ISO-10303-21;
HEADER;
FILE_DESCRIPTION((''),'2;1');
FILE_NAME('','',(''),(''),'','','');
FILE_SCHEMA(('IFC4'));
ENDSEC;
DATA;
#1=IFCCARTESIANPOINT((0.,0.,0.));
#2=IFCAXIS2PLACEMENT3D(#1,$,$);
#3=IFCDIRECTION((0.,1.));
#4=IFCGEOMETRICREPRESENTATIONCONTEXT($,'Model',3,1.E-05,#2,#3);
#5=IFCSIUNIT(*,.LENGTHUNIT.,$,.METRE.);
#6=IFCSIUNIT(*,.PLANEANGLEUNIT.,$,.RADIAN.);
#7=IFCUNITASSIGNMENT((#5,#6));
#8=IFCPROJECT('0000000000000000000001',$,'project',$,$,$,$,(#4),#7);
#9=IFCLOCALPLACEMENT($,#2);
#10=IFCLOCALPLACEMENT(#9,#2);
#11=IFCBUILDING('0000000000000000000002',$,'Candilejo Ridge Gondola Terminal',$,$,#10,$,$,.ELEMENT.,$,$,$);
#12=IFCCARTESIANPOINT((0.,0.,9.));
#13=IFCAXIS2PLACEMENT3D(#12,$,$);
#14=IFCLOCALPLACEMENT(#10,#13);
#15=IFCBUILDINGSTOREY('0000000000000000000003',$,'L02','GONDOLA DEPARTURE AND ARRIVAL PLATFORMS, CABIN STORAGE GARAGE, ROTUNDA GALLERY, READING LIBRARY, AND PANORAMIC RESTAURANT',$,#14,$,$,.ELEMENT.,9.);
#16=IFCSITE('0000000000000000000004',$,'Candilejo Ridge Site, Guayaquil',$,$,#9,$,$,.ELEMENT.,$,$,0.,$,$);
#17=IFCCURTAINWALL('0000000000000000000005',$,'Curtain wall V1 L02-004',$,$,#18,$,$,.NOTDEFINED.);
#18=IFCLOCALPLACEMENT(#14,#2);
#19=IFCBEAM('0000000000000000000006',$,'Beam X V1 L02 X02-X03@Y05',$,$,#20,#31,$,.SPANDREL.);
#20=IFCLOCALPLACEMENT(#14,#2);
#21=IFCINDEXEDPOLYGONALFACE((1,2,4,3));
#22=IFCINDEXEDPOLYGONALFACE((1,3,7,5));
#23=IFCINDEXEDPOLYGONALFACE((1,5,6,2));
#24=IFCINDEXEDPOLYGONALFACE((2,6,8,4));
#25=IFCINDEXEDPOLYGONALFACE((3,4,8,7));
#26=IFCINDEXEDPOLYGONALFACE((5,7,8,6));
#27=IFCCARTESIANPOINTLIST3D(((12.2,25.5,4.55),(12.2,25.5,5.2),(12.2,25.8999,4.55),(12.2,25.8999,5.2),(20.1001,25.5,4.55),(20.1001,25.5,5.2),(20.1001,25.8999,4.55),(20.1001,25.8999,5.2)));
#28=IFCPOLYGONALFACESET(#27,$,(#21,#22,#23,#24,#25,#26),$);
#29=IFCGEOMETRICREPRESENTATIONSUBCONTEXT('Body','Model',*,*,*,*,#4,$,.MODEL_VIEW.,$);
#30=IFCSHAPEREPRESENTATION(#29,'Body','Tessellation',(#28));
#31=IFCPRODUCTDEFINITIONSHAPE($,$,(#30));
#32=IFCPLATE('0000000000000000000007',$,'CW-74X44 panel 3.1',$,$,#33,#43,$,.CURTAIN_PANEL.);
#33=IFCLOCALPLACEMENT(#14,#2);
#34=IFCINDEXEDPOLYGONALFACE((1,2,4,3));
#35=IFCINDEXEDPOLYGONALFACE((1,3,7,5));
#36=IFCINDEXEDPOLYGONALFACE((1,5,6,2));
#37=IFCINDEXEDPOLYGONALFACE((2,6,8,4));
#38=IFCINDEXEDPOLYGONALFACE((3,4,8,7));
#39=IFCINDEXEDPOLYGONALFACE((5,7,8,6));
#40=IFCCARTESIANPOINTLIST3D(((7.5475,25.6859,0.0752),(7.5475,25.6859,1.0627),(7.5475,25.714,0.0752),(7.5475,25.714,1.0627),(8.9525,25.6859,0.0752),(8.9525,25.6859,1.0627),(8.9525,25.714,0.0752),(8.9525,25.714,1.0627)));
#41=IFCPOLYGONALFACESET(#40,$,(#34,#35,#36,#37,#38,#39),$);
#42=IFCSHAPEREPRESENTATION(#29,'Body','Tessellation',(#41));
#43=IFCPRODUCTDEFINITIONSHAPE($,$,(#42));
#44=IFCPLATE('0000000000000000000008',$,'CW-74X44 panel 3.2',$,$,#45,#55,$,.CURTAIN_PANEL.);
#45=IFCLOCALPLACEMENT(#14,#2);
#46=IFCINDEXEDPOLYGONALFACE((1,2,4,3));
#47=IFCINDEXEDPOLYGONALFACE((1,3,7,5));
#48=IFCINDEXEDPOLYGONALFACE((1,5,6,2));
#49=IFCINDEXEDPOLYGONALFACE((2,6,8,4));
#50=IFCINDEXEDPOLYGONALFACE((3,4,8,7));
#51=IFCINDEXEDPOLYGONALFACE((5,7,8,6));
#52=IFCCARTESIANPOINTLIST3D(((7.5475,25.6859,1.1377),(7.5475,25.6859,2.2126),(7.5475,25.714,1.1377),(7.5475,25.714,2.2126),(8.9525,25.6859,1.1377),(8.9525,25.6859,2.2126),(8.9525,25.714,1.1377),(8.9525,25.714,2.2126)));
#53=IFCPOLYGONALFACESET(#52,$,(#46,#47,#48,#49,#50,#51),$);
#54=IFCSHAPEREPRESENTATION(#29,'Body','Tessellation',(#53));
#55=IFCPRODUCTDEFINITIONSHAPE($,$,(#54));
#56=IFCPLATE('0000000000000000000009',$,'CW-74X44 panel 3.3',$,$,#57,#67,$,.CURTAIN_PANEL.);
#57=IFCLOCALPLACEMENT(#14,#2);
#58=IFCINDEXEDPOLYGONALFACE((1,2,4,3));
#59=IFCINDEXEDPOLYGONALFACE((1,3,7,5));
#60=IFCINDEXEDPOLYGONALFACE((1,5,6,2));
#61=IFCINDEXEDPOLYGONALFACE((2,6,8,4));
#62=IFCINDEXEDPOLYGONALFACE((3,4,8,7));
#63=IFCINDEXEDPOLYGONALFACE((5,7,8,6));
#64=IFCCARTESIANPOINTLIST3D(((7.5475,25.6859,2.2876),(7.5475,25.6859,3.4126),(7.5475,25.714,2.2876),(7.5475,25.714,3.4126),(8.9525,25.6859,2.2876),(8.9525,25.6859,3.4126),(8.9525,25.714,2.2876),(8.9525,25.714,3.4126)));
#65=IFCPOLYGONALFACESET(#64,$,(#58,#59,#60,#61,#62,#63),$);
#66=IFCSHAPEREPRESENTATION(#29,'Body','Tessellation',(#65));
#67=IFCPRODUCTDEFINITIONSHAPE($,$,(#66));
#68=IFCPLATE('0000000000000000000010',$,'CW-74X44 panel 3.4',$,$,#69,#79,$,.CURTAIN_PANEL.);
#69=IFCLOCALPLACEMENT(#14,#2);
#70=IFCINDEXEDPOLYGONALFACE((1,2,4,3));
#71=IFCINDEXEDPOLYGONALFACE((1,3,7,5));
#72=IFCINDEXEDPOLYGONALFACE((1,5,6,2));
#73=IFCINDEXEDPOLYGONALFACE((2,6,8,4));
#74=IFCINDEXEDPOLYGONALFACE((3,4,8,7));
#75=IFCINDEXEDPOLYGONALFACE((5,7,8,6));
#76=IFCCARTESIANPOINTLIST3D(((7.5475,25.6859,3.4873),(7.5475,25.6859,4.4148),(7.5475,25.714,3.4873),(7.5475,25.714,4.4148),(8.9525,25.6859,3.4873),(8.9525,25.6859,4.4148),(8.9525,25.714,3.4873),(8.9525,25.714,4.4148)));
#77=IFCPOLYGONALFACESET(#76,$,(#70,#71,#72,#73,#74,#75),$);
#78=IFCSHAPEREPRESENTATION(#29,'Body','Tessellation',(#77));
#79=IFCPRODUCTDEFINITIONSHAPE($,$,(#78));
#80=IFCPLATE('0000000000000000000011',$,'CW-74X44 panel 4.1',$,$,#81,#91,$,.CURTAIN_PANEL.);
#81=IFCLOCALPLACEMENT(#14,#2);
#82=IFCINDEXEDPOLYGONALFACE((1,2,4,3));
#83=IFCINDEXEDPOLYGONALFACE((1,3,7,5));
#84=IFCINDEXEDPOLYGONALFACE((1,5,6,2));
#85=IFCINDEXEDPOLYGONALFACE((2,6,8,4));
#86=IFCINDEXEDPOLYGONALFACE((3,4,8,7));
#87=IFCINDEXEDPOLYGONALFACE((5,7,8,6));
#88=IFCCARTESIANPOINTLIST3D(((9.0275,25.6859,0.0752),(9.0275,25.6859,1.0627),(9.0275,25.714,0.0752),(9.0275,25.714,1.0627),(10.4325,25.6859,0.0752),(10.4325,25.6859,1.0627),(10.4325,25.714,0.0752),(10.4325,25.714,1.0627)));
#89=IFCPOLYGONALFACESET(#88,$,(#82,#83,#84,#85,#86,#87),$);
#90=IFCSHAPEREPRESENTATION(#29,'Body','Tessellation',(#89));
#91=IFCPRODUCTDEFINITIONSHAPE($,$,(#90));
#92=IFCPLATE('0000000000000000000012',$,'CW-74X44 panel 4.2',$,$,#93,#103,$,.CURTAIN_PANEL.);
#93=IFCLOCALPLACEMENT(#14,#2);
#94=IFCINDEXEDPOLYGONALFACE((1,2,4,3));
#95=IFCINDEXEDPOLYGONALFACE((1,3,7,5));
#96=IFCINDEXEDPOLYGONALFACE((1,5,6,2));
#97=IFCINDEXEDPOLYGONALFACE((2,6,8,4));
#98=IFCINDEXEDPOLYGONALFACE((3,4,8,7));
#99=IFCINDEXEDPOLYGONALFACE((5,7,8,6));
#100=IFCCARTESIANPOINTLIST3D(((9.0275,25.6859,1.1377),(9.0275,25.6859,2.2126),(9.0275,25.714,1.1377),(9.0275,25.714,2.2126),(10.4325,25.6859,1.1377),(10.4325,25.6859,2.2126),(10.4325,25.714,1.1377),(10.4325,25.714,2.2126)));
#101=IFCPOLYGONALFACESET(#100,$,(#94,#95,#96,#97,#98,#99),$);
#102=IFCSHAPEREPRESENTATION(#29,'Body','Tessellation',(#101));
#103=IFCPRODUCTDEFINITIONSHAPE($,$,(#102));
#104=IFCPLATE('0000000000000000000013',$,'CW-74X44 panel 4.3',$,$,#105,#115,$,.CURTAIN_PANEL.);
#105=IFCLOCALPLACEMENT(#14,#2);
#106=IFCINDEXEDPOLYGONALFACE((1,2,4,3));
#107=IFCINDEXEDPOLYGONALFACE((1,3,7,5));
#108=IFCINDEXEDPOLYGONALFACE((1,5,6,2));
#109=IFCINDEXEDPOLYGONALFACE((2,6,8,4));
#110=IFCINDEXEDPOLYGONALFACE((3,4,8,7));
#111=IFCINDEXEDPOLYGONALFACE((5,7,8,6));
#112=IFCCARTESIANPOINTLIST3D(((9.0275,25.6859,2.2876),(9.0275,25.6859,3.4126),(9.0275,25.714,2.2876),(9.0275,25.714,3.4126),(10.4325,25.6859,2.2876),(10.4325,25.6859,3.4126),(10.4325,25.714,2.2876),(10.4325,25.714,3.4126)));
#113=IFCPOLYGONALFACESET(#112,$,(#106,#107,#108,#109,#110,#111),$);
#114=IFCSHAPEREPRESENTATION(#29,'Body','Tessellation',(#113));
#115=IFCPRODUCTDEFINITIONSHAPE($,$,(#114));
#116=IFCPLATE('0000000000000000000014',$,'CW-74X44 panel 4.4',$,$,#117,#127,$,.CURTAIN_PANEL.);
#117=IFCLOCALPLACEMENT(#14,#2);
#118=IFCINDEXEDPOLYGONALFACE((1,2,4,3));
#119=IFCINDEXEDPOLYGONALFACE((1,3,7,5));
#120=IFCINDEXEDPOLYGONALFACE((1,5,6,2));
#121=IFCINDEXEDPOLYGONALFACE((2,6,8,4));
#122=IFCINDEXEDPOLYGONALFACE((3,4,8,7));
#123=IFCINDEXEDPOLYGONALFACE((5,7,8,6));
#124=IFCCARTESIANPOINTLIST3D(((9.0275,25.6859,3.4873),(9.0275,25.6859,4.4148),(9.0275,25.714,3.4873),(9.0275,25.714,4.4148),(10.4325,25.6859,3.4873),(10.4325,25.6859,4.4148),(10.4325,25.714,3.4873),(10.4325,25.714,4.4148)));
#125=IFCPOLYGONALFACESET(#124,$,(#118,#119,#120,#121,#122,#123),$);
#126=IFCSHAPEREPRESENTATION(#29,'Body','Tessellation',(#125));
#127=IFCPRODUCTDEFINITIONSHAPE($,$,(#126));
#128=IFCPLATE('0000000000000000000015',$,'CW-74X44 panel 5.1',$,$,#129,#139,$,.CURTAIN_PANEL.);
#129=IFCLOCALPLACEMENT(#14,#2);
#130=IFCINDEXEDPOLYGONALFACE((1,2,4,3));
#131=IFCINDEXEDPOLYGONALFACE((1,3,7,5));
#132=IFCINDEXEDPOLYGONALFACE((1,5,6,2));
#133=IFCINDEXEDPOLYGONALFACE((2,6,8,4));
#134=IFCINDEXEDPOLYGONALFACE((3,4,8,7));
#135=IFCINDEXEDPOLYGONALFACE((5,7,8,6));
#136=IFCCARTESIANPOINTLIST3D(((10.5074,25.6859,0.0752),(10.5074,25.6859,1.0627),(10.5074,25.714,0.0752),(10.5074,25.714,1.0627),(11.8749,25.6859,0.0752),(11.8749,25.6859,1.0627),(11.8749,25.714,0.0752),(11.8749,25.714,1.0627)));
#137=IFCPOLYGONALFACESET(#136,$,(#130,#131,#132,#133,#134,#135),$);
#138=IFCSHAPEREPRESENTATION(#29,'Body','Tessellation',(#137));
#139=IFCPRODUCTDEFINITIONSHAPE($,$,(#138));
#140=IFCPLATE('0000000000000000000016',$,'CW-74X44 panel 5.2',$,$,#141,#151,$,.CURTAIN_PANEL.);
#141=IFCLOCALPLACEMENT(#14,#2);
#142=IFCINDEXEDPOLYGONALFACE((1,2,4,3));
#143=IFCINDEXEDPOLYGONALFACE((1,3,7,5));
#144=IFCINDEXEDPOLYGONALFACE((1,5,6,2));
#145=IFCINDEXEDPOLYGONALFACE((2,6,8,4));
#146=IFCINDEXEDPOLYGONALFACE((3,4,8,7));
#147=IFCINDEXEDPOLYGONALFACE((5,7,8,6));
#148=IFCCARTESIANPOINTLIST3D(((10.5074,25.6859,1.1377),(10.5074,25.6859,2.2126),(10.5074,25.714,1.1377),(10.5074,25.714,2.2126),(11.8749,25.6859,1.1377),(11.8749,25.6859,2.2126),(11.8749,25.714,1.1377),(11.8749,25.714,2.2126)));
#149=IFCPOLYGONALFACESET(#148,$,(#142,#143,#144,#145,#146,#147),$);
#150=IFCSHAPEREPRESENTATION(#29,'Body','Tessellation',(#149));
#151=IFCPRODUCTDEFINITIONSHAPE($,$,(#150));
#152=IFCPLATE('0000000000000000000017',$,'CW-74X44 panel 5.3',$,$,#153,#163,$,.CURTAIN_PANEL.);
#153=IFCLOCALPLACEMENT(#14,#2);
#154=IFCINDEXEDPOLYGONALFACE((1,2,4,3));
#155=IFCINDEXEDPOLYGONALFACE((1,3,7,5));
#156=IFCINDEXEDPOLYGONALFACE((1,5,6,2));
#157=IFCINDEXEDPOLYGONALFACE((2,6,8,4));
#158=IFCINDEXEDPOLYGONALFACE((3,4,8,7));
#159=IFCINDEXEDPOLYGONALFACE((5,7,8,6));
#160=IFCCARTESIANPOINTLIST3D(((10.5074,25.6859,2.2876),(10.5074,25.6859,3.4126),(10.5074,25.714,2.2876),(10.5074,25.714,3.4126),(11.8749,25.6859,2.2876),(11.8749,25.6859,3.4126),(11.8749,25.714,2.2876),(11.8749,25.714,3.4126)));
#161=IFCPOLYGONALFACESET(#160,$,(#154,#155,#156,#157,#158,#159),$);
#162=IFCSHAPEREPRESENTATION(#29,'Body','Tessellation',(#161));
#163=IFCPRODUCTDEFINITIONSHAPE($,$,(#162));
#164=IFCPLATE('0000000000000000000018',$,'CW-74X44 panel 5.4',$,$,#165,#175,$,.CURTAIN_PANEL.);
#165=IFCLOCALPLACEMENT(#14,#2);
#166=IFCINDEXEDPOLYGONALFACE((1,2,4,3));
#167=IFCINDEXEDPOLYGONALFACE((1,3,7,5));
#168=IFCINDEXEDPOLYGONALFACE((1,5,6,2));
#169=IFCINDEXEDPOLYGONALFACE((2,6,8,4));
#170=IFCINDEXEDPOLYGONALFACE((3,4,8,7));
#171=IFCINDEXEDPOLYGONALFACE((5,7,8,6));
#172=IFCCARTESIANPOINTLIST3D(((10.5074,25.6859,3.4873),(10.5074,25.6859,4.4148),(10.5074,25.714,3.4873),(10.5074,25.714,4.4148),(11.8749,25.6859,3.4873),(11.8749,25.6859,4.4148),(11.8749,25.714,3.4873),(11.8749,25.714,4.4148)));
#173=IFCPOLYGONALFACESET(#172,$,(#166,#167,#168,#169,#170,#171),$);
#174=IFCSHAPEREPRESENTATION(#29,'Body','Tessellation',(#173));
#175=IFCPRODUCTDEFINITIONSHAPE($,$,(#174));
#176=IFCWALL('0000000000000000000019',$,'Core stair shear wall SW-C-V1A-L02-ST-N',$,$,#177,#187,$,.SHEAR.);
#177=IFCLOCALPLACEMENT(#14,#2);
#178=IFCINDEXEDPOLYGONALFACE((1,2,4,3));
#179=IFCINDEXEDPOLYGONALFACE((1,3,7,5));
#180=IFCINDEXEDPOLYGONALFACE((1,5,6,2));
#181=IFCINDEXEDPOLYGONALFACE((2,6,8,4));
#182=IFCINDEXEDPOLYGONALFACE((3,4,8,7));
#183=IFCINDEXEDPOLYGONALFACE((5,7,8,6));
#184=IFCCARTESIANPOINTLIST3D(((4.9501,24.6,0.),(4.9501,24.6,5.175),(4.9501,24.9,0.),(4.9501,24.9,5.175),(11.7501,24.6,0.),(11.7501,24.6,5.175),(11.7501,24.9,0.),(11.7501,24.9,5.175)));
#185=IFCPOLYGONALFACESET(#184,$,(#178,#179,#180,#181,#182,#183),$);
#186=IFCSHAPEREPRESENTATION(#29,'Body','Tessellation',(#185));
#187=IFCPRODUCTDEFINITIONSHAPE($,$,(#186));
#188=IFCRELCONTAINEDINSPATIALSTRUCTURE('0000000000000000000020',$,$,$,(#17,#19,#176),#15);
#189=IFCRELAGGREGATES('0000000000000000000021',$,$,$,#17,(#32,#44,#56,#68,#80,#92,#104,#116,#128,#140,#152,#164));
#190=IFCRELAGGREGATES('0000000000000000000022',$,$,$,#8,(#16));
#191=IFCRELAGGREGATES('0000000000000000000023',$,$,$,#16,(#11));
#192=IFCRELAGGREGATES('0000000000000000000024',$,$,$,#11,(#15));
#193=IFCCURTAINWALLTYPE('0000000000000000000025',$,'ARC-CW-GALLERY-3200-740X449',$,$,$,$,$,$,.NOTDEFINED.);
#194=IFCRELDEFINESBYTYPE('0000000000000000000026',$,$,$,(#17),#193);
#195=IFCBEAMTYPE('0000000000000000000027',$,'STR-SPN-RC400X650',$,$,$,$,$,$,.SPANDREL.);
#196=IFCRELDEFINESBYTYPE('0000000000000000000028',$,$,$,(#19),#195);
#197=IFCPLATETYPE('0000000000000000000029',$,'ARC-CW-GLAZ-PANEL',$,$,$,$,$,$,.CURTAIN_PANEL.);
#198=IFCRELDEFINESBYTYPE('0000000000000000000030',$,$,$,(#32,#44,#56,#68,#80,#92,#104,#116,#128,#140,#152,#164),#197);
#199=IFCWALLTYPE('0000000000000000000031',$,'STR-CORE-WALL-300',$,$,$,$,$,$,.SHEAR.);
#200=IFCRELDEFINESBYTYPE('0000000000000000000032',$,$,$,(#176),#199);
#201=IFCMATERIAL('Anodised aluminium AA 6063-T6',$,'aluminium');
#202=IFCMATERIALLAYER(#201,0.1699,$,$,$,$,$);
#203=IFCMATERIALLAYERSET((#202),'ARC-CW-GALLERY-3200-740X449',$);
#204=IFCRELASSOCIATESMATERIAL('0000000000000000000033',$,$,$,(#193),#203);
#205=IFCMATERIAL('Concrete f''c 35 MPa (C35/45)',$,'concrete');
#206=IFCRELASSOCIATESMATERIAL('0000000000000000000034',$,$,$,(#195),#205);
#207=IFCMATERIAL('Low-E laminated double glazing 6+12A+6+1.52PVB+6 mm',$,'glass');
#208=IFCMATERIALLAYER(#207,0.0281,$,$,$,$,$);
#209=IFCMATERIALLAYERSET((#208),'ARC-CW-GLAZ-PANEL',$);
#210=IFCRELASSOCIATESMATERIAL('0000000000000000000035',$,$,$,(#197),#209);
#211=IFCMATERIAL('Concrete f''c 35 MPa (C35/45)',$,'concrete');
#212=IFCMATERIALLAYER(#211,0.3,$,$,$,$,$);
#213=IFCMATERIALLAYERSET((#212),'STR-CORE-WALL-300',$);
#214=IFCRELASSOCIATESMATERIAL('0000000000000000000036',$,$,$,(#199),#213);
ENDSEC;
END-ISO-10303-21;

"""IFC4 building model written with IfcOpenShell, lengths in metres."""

from ifc_helpers import new_model, si_unit, direction, frame, frame_2d, origin, origin_2d, place, context, subcontext, project, spatial, rectangle, extrude, material, layer, layer_set, material_profile, profile_set, type_object, element, aggregate, save


model = new_model("IFC4")

# Units and contexts
model_context = context("Model", 3, precision=1e-05, world=origin(), true_north=direction((0.0, 1.0)))
body_context = subcontext(model_context, "Body", "Model", "MODEL_VIEW")
ifc_project = project(units=[si_unit("LENGTHUNIT", "METRE"), si_unit("PLANEANGLEUNIT", "RADIAN")], contexts=[model_context])

# Site, building, storey
site_placement = place(None, origin())
site = spatial("IfcSite", under=ifc_project, at=site_placement, Name="Candilejo Ridge Site, Guayaquil", CompositionType="ELEMENT", RefElevation=0.0)
building_placement = place(site_placement, origin())
building = spatial("IfcBuilding", under=site, at=building_placement, Name="Candilejo Ridge Gondola Terminal", CompositionType="ELEMENT")
storey_placement = place(building_placement, frame((0.0, 0.0, 9.0)))
storey = spatial("IfcBuildingStorey", under=building, at=storey_placement, Name="L02", Description="GONDOLA DEPARTURE AND ARRIVAL PLATFORMS, CABIN STORAGE GARAGE, ROTUNDA GALLERY, READING LIBRARY, AND PANORAMIC RESTAURANT", CompositionType="ELEMENT", Elevation=9.0)

# Curtain wall
ifc_material_1 = material(Name="Anodised aluminium AA 6063-T6", Category="aluminium")
ifc_layer_1 = layer(ifc_material_1, 0.1699)
ifc_layer_set_1 = layer_set([ifc_layer_1], Name="ARC-CW-GALLERY-3200-740X449")
curtain_wall_type = type_object("IfcCurtainWallType", Name="ARC-CW-GALLERY-3200-740X449", PredefinedType="NOTDEFINED", material=ifc_layer_set_1)
curtain_wall_1_placement = place(storey_placement, origin())
curtain_wall_1 = element("IfcCurtainWall", 1, at=curtain_wall_1_placement, inside=storey, type_object=curtain_wall_type, Name="Curtain wall V1 L02-004", PredefinedType="NOTDEFINED")

# Beam
ifc_material_2 = material(Name="Concrete f'c 35 MPa (C35/45)", Category="concrete")
ifc_material_profile_1 = material_profile(ifc_material_2, rectangle(XDim=0.3999, YDim=0.6499, at=origin_2d()))
ifc_profile_set_1 = profile_set([ifc_material_profile_1], Name="Concrete f'c 35 MPa (C35/45)")
beam_type = type_object("IfcBeamType", Name="STR-SPN-RC400X650", PredefinedType="SPANDREL", material=ifc_profile_set_1)
beam_placement = place(storey_placement, frame((12.2, 25.7, 4.875), z_axis=(1.0, 0.0, 0.0), x_axis=(0.0, 1.0, 0.0)))
element("IfcBeam", 2, at=beam_placement, inside=storey, type_object=beam_type, Name="Beam X V1 L02 X02-X03@Y05", PredefinedType="SPANDREL", context=body_context, shape_type="SweptSolid", body=[
    extrude(rectangle(XDim=0.3999, YDim=0.6499, at=origin_2d()), origin(), (0.0, 0.0, 1.0), 7.9001),
])

# Plates
ifc_material_3 = material(Name="Low-E laminated double glazing 6+12A+6+1.52PVB+6 mm", Category="glass")
ifc_layer_2 = layer(ifc_material_3, 0.0281)
ifc_layer_set_2 = layer_set([ifc_layer_2], Name="ARC-CW-GLAZ-PANEL")
plate_type = type_object("IfcPlateType", Name="ARC-CW-GLAZ-PANEL", PredefinedType="CURTAIN_PANEL", material=ifc_layer_set_2)
plate_1_placement = place(storey_placement, frame((8.25, 25.7, 0.0752), z_axis=(0.0, 0.0, 1.0), x_axis=(1.0, 0.0, 0.0)))
plate_1 = element("IfcPlate", 3, at=plate_1_placement, type_object=plate_type, Name="CW-74X44 panel 3.1", PredefinedType="CURTAIN_PANEL", context=body_context, shape_type="SweptSolid", body=[
    extrude(rectangle(XDim=1.405, YDim=0.0281, at=origin_2d()), origin(), (0.0, 0.0, 1.0), 0.9875),
])
plate_2_placement = place(storey_placement, frame((8.25, 25.7, 1.1377), z_axis=(0.0, 0.0, 1.0), x_axis=(1.0, 0.0, 0.0)))
plate_2 = element("IfcPlate", 4, at=plate_2_placement, type_object=plate_type, Name="CW-74X44 panel 3.2", PredefinedType="CURTAIN_PANEL", context=body_context, shape_type="SweptSolid", body=[
    extrude(rectangle(XDim=1.405, YDim=0.0281, at=origin_2d()), origin(), (0.0, 0.0, 1.0), 1.075),
])
plate_3_placement = place(storey_placement, frame((8.25, 25.7, 2.2876), z_axis=(0.0, 0.0, 1.0), x_axis=(1.0, 0.0, 0.0)))
plate_3 = element("IfcPlate", 5, at=plate_3_placement, type_object=plate_type, Name="CW-74X44 panel 3.3", PredefinedType="CURTAIN_PANEL", context=body_context, shape_type="SweptSolid", body=[
    extrude(rectangle(XDim=1.405, YDim=0.0281, at=origin_2d()), origin(), (0.0, 0.0, 1.0), 1.125),
])
plate_4_placement = place(storey_placement, frame((8.25, 25.7, 3.4873), z_axis=(0.0, 0.0, 1.0), x_axis=(1.0, 0.0, 0.0)))
plate_4 = element("IfcPlate", 6, at=plate_4_placement, type_object=plate_type, Name="CW-74X44 panel 3.4", PredefinedType="CURTAIN_PANEL", context=body_context, shape_type="SweptSolid", body=[
    extrude(rectangle(XDim=1.405, YDim=0.0281, at=origin_2d()), origin(), (0.0, 0.0, 1.0), 0.9275),
])
plate_5_placement = place(storey_placement, frame((9.73, 25.7, 0.0752), z_axis=(0.0, 0.0, 1.0), x_axis=(1.0, 0.0, 0.0)))
plate_5 = element("IfcPlate", 7, at=plate_5_placement, type_object=plate_type, Name="CW-74X44 panel 4.1", PredefinedType="CURTAIN_PANEL", context=body_context, shape_type="SweptSolid", body=[
    extrude(rectangle(XDim=1.405, YDim=0.0281, at=origin_2d()), origin(), (0.0, 0.0, 1.0), 0.9875),
])
plate_6_placement = place(storey_placement, frame((9.73, 25.7, 1.1377), z_axis=(0.0, 0.0, 1.0), x_axis=(1.0, 0.0, 0.0)))
plate_6 = element("IfcPlate", 8, at=plate_6_placement, type_object=plate_type, Name="CW-74X44 panel 4.2", PredefinedType="CURTAIN_PANEL", context=body_context, shape_type="SweptSolid", body=[
    extrude(rectangle(XDim=1.405, YDim=0.0281, at=origin_2d()), origin(), (0.0, 0.0, 1.0), 1.075),
])
plate_7_placement = place(storey_placement, frame((9.73, 25.7, 2.2876), z_axis=(0.0, 0.0, 1.0), x_axis=(1.0, 0.0, 0.0)))
plate_7 = element("IfcPlate", 9, at=plate_7_placement, type_object=plate_type, Name="CW-74X44 panel 4.3", PredefinedType="CURTAIN_PANEL", context=body_context, shape_type="SweptSolid", body=[
    extrude(rectangle(XDim=1.405, YDim=0.0281, at=origin_2d()), origin(), (0.0, 0.0, 1.0), 1.125),
])
plate_8_placement = place(storey_placement, frame((9.73, 25.7, 3.4873), z_axis=(0.0, 0.0, 1.0), x_axis=(1.0, 0.0, 0.0)))
plate_8 = element("IfcPlate", 10, at=plate_8_placement, type_object=plate_type, Name="CW-74X44 panel 4.4", PredefinedType="CURTAIN_PANEL", context=body_context, shape_type="SweptSolid", body=[
    extrude(rectangle(XDim=1.405, YDim=0.0281, at=origin_2d()), origin(), (0.0, 0.0, 1.0), 0.9275),
])
plate_9_placement = place(storey_placement, frame((11.1912, 25.7, 0.0752), z_axis=(0.0, 0.0, 1.0), x_axis=(1.0, 0.0, 0.0)))
plate_9 = element("IfcPlate", 11, at=plate_9_placement, type_object=plate_type, Name="CW-74X44 panel 5.1", PredefinedType="CURTAIN_PANEL", context=body_context, shape_type="SweptSolid", body=[
    extrude(rectangle(XDim=1.3674, YDim=0.0281, at=origin_2d()), origin(), (0.0, 0.0, 1.0), 0.9875),
])
plate_10_placement = place(storey_placement, frame((11.1912, 25.7, 1.1377), z_axis=(0.0, 0.0, 1.0), x_axis=(1.0, 0.0, 0.0)))
plate_10 = element("IfcPlate", 12, at=plate_10_placement, type_object=plate_type, Name="CW-74X44 panel 5.2", PredefinedType="CURTAIN_PANEL", context=body_context, shape_type="SweptSolid", body=[
    extrude(rectangle(XDim=1.3674, YDim=0.0281, at=origin_2d()), origin(), (0.0, 0.0, 1.0), 1.075),
])
plate_11_placement = place(storey_placement, frame((11.1912, 25.7, 2.2876), z_axis=(0.0, 0.0, 1.0), x_axis=(1.0, 0.0, 0.0)))
plate_11 = element("IfcPlate", 13, at=plate_11_placement, type_object=plate_type, Name="CW-74X44 panel 5.3", PredefinedType="CURTAIN_PANEL", context=body_context, shape_type="SweptSolid", body=[
    extrude(rectangle(XDim=1.3674, YDim=0.0281, at=origin_2d()), origin(), (0.0, 0.0, 1.0), 1.125),
])
plate_12_placement = place(storey_placement, frame((11.1912, 25.7, 3.4873), z_axis=(0.0, 0.0, 1.0), x_axis=(1.0, 0.0, 0.0)))
plate_12 = element("IfcPlate", 14, at=plate_12_placement, type_object=plate_type, Name="CW-74X44 panel 5.4", PredefinedType="CURTAIN_PANEL", context=body_context, shape_type="SweptSolid", body=[
    extrude(rectangle(XDim=1.3674, YDim=0.0281, at=origin_2d()), origin(), (0.0, 0.0, 1.0), 0.9275),
])
aggregate(curtain_wall_1, [plate_1, plate_2, plate_3, plate_4, plate_5, plate_6, plate_7, plate_8, plate_9, plate_10, plate_11, plate_12])

# Wall
ifc_material_4 = material(Name="Concrete f'c 35 MPa (C35/45)", Category="concrete")
ifc_layer_3 = layer(ifc_material_4, 0.3)
ifc_layer_set_3 = layer_set([ifc_layer_3], Name="STR-CORE-WALL-300")
wall_type = type_object("IfcWallType", Name="STR-CORE-WALL-300", PredefinedType="SHEAR", material=ifc_layer_set_3)
wall_placement = place(storey_placement, frame((11.75, 24.75, 0.0), z_axis=(0.0, 0.0, 1.0), x_axis=(-1.0, 0.0, 0.0)))
element("IfcWall", 15, at=wall_placement, inside=storey, type_object=wall_type, Name="Core stair shear wall SW-C-V1A-L02-ST-N", PredefinedType="SHEAR", context=body_context, shape_type="SweptSolid", body=[
    extrude(rectangle(XDim=6.8, YDim=0.3, at=frame_2d((3.3999, 0.0))), origin(), (0.0, 0.0, 1.0), 5.175),
])

save(model, "model.ifc")
